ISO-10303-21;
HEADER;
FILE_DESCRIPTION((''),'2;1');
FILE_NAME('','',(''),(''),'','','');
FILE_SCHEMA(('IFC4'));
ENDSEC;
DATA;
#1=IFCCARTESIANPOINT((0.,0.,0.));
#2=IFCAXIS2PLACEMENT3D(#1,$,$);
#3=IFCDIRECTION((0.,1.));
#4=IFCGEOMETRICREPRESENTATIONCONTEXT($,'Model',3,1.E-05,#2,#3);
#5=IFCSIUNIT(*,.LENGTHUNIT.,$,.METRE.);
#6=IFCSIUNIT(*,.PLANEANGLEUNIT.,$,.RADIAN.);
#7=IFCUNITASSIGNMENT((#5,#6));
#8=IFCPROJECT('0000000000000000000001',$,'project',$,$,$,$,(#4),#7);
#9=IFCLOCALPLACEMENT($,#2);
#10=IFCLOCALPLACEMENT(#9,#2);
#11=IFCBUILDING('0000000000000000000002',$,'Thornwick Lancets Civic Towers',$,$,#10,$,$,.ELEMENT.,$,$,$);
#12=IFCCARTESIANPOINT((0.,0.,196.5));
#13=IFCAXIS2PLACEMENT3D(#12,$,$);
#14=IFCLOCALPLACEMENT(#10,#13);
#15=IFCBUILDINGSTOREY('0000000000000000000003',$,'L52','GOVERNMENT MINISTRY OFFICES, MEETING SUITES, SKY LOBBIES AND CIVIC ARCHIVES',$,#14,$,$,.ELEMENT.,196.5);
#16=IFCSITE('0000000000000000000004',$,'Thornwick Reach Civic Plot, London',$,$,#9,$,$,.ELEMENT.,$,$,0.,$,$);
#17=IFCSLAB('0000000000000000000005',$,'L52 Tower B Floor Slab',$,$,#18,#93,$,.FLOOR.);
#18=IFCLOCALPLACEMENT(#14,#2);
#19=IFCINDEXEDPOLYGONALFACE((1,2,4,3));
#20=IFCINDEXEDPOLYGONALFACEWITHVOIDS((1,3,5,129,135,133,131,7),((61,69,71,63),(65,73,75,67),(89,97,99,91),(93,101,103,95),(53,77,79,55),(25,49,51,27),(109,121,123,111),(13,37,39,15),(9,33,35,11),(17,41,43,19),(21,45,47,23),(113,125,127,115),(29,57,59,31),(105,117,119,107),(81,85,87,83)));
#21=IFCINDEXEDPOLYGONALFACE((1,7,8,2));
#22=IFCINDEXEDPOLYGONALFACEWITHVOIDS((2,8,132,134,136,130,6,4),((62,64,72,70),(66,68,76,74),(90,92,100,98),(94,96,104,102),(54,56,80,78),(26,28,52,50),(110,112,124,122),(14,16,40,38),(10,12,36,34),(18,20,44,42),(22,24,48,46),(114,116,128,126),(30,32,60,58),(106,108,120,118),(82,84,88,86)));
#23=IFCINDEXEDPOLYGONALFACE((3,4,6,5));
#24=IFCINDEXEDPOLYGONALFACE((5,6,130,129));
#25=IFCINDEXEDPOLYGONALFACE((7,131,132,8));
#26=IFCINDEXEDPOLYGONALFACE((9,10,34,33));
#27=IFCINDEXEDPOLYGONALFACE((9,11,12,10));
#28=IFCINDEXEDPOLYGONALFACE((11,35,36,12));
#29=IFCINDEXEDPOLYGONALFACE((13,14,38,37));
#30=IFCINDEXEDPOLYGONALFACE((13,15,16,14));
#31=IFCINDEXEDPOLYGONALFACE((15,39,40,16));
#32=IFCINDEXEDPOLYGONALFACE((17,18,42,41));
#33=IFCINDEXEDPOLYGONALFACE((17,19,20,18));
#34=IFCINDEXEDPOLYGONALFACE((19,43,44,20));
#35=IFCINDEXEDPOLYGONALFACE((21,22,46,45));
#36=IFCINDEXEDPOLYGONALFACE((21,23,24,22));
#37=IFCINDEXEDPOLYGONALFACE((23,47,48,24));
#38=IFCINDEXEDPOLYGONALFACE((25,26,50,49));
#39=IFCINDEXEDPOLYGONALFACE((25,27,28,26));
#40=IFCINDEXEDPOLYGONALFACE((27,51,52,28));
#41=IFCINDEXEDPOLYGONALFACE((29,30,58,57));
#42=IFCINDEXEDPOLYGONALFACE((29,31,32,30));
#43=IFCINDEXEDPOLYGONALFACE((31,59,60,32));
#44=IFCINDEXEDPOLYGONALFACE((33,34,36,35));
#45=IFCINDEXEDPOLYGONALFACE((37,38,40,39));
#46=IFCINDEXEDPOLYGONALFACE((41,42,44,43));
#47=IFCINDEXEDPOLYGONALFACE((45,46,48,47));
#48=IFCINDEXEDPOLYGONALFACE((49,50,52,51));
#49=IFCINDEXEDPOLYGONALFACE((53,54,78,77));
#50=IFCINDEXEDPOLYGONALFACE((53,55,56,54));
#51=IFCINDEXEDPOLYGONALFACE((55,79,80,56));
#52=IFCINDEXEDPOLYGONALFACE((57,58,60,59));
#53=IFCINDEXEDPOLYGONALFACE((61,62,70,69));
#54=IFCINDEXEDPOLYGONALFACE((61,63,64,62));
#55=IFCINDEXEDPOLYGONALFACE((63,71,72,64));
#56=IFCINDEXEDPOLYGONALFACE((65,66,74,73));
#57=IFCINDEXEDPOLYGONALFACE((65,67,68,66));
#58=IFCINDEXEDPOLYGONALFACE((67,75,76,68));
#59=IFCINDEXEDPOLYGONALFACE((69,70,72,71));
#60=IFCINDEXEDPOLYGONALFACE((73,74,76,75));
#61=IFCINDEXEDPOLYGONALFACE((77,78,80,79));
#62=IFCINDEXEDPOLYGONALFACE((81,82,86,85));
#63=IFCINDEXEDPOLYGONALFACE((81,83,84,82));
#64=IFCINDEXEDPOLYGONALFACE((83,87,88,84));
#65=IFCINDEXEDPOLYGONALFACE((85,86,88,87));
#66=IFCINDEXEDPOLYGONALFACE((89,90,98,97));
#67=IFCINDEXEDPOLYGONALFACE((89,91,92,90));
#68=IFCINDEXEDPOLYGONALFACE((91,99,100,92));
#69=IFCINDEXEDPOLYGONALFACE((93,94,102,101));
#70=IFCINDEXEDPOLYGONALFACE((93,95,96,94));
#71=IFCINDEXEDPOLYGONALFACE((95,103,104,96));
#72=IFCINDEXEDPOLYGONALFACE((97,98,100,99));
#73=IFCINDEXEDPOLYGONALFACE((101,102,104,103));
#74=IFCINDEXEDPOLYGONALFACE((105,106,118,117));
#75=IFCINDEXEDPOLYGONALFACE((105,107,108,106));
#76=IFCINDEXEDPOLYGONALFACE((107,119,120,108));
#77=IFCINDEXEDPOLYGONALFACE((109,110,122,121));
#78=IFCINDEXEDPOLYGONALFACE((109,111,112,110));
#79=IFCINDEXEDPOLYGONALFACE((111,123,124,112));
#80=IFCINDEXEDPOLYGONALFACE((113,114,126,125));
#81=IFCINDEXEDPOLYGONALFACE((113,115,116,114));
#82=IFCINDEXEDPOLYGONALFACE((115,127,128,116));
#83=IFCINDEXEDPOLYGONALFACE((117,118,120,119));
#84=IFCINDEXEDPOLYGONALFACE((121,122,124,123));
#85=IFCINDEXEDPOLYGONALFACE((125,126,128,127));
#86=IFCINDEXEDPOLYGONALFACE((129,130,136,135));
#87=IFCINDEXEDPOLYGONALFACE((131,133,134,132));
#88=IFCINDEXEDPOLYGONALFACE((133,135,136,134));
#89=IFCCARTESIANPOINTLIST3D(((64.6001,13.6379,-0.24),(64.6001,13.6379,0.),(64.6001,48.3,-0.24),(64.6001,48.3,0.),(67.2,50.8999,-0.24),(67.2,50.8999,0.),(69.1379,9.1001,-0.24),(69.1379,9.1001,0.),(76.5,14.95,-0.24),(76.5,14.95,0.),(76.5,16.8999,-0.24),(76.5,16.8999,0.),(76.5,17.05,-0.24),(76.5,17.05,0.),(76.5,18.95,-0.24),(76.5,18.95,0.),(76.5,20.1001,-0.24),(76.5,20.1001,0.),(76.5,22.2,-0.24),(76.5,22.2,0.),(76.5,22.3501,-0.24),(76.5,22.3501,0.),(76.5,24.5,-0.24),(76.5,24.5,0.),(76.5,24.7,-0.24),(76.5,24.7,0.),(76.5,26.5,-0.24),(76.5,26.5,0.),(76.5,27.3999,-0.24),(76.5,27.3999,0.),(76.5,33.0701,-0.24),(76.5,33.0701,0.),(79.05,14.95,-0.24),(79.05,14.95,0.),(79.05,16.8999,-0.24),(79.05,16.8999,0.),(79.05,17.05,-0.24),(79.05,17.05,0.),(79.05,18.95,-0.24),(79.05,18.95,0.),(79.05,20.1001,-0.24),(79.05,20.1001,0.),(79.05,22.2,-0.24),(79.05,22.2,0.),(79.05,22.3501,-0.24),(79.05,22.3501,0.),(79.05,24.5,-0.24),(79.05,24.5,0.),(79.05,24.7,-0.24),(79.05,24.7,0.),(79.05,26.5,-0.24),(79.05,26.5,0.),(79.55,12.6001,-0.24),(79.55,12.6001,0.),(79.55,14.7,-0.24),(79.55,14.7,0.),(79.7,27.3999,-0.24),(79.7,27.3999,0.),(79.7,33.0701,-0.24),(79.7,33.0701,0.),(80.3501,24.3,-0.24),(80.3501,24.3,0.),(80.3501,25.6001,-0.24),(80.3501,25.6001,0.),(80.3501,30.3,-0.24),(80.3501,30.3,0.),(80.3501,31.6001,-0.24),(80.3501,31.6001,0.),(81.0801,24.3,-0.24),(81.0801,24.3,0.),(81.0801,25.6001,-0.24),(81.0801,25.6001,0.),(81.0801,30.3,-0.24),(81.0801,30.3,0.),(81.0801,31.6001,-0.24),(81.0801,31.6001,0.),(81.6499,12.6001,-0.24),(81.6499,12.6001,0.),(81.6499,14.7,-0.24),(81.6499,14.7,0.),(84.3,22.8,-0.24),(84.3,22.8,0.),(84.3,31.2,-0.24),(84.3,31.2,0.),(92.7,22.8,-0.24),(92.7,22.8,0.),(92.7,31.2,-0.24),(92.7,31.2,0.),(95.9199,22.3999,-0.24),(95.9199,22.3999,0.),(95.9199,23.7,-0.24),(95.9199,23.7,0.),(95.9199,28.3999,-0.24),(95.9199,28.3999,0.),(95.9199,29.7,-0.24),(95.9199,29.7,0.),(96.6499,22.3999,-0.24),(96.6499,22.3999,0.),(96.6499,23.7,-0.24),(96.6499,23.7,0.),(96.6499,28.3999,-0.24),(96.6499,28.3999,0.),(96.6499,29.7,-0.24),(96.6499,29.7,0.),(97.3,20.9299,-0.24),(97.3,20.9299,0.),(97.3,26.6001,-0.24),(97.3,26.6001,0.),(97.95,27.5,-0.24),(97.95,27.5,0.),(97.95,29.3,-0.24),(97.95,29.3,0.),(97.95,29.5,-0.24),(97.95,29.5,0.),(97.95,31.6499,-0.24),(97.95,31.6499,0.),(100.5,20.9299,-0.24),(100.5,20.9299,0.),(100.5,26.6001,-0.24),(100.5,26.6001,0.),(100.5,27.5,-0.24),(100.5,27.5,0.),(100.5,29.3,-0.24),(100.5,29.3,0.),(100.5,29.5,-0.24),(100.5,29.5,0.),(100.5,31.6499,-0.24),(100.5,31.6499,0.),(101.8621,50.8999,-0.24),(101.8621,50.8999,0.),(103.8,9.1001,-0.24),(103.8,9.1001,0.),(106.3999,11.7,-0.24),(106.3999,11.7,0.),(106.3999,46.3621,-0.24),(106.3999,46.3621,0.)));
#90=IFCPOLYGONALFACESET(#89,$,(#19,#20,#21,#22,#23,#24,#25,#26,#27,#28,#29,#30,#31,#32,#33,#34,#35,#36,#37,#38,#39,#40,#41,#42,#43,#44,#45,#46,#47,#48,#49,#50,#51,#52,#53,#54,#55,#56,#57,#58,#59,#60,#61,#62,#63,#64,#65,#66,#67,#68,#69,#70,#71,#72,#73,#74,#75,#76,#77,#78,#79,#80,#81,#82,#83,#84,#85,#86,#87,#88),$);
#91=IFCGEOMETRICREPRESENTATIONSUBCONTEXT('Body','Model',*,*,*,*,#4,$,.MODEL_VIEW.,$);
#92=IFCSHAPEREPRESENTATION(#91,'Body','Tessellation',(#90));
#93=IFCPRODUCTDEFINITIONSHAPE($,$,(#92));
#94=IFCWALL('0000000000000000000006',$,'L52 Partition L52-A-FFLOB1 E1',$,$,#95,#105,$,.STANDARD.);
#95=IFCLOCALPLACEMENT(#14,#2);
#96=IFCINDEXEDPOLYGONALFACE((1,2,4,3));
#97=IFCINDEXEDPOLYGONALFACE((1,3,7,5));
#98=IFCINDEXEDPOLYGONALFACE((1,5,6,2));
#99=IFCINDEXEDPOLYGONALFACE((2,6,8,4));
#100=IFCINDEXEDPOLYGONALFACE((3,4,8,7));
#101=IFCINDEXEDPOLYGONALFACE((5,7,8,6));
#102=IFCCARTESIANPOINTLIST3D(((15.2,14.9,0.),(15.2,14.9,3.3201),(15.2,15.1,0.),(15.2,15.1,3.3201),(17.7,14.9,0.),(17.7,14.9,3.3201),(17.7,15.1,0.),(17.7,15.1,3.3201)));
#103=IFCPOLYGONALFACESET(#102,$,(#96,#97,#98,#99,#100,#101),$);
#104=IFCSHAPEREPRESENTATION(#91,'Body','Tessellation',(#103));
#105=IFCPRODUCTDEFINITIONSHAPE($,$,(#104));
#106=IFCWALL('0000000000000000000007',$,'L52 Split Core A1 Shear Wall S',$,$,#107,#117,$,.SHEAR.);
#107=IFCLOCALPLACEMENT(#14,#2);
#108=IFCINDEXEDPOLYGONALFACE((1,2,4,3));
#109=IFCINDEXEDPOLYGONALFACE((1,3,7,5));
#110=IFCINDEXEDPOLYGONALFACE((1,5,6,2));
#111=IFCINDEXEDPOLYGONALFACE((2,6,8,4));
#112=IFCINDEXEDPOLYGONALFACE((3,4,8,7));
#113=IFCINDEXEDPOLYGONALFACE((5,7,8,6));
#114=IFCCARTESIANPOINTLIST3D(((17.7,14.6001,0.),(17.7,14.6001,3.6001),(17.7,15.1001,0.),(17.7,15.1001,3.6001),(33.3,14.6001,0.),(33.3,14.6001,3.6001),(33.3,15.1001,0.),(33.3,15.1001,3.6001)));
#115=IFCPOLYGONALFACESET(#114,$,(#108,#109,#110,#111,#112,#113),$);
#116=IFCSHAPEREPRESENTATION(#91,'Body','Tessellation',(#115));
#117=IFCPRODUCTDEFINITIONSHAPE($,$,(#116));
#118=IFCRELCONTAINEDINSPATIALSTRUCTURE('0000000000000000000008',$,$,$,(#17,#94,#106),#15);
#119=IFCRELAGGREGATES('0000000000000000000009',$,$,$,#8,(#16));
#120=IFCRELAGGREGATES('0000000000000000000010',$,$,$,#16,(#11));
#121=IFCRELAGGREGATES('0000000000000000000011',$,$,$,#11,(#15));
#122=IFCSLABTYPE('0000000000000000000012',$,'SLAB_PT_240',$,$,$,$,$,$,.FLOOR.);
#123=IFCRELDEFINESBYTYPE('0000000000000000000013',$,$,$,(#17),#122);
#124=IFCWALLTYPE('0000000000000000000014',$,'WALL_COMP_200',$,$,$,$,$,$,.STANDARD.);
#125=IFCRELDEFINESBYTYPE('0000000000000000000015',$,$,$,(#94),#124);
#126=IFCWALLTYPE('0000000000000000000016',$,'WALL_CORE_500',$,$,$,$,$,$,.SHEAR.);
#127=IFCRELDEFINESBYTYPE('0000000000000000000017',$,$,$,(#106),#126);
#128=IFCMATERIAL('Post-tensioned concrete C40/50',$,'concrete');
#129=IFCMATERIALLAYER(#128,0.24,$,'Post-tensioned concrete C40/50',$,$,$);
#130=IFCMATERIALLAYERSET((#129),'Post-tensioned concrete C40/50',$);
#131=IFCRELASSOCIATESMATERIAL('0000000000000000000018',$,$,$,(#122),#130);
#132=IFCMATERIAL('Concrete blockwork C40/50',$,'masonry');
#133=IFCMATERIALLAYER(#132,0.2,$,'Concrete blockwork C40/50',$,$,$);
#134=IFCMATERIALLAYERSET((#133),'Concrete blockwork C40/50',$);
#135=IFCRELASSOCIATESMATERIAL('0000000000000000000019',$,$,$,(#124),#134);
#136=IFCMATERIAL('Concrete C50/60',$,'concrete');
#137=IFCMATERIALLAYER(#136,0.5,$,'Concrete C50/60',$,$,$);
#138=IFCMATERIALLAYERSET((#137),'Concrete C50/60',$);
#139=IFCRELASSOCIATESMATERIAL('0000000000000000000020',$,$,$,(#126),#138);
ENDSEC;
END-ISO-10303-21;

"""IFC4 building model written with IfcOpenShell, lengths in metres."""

from ifc_helpers import new_model, si_unit, direction, frame, frame_2d, origin, place, context, subcontext, project, spatial, polyline, rectangle, outline, extrude, material, layer, layer_set, type_object, element, save


model = new_model("IFC4")

# Units and contexts
model_context = context("Model", 3, precision=1e-05, world=origin(), true_north=direction((0.0, 1.0)))
body_context = subcontext(model_context, "Body", "Model", "MODEL_VIEW")
ifc_project = project(units=[si_unit("LENGTHUNIT", "METRE"), si_unit("PLANEANGLEUNIT", "RADIAN")], contexts=[model_context])

# Site, building, storey
site_placement = place(None, origin())
site = spatial("IfcSite", under=ifc_project, at=site_placement, Name="Thornwick Reach Civic Plot, London", CompositionType="ELEMENT", RefElevation=0.0)
building_placement = place(site_placement, origin())
building = spatial("IfcBuilding", under=site, at=building_placement, Name="Thornwick Lancets Civic Towers", CompositionType="ELEMENT")
storey_placement = place(building_placement, frame((0.0, 0.0, 196.5)))
storey = spatial("IfcBuildingStorey", under=building, at=storey_placement, Name="L52", Description="GOVERNMENT MINISTRY OFFICES, MEETING SUITES, SKY LOBBIES AND CIVIC ARCHIVES", CompositionType="ELEMENT", Elevation=196.5)

# Shared definitions
ifc_material_1 = material(Name="Concrete C50/60", Category="concrete")

# Shared definitions
ifc_material_2 = material(Name="Post-tensioned concrete C40/50", Category="concrete")

# Slab
ifc_layer_1 = layer(ifc_material_2, 0.24, Name="Post-tensioned concrete C40/50")
ifc_layer_set_1 = layer_set([ifc_layer_1], Name="Post-tensioned concrete C40/50")
slab_type_1 = type_object("IfcSlabType", Name="SLAB_PT_240", PredefinedType="FLOOR", material=ifc_layer_set_1)
slab_1_placement = place(storey_placement, frame((0.0, 0.0, -0.24)))
element("IfcSlab", 1, at=slab_1_placement, inside=storey, type_object=slab_type_1, Name="L52 Tower B Floor Slab", PredefinedType="FLOOR", context=body_context, shape_type="SweptSolid", body=[
    extrude(outline(polyline([(69.1379, 9.1001), (103.8, 9.1001), (106.3999, 11.7), (106.3999, 46.3621), (101.8621, 50.8999), (67.2, 50.8999), (64.6001, 48.3), (64.6001, 13.6379), (69.1379, 9.1001)]), holes=[polyline([(84.3, 22.8), (92.7, 22.8), (92.7, 31.2), (84.3, 31.2), (84.3, 22.8)]), polyline([(100.5, 20.9299), (100.5, 26.6001), (97.3, 26.6001), (97.3, 20.9299), (100.5, 20.9299)]), polyline([(76.5, 33.0701), (76.5, 27.3999), (79.7, 27.3999), (79.7, 33.0701), (76.5, 33.0701)]), polyline([(97.95, 27.5), (100.5, 27.5), (100.5, 29.3), (97.95, 29.3), (97.95, 27.5)]), polyline([(97.95, 29.5), (100.5, 29.5), (100.5, 31.6499), (97.95, 31.6499), (97.95, 29.5)]), polyline([(76.5, 24.7), (79.05, 24.7), (79.05, 26.5), (76.5, 26.5), (76.5, 24.7)]), polyline([(76.5, 22.3501), (79.05, 22.3501), (79.05, 24.5), (76.5, 24.5), (76.5, 22.3501)]), polyline([(76.5, 20.1001), (79.05, 20.1001), (79.05, 22.2), (76.5, 22.2), (76.5, 20.1001)]), polyline([(76.5, 17.05), (79.05, 17.05), (79.05, 18.95), (76.5, 18.95), (76.5, 17.05)]), polyline([(76.5, 14.95), (79.05, 14.95), (79.05, 16.8999), (76.5, 16.8999), (76.5, 14.95)]), polyline([(79.55, 12.6001), (81.6499, 12.6001), (81.6499, 14.7), (79.55, 14.7), (79.55, 12.6001)]), polyline([(95.9199, 28.3999), (96.6499, 28.3999), (96.6499, 29.7), (95.9199, 29.7), (95.9199, 28.3999)]), polyline([(95.9199, 22.3999), (96.6499, 22.3999), (96.6499, 23.7), (95.9199, 23.7), (95.9199, 22.3999)]), polyline([(80.3501, 24.3), (81.0801, 24.3), (81.0801, 25.6001), (80.3501, 25.6001), (80.3501, 24.3)]), polyline([(80.3501, 30.3), (81.0801, 30.3), (81.0801, 31.6001), (80.3501, 31.6001), (80.3501, 30.3)])]), origin(), (0.0, 0.0, 1.0), 0.24),
])

# Walls
ifc_material_3 = material(Name="Concrete blockwork C40/50", Category="masonry")
ifc_layer_2 = layer(ifc_material_3, 0.2, Name="Concrete blockwork C40/50")
ifc_layer_set_2 = layer_set([ifc_layer_2], Name="Concrete blockwork C40/50")
wall_type_1 = type_object("IfcWallType", Name="WALL_COMP_200", PredefinedType="STANDARD", material=ifc_layer_set_2)
wall_1_placement = place(storey_placement, frame((15.2, 15.0, 0.0), z_axis=(0.0, 0.0, 1.0), x_axis=(1.0, 0.0, 0.0)))
element("IfcWall", 2, at=wall_1_placement, inside=storey, type_object=wall_type_1, Name="L52 Partition L52-A-FFLOB1 E1", PredefinedType="STANDARD", context=body_context, shape_type="SweptSolid", body=[
    extrude(rectangle(XDim=2.5, YDim=0.2, at=frame_2d((1.25, 0.0))), origin(), (0.0, 0.0, 1.0), 3.3201),
])
ifc_layer_3 = layer(ifc_material_1, 0.5, Name="Concrete C50/60")
ifc_layer_set_3 = layer_set([ifc_layer_3], Name="Concrete C50/60")
wall_type_2 = type_object("IfcWallType", Name="WALL_CORE_500", PredefinedType="SHEAR", material=ifc_layer_set_3)
wall_2_placement = place(storey_placement, frame((17.7, 14.8501, 0.0), z_axis=(0.0, 0.0, 1.0), x_axis=(1.0, 0.0, 0.0)))
element("IfcWall", 3, at=wall_2_placement, inside=storey, type_object=wall_type_2, Name="L52 Split Core A1 Shear Wall S", PredefinedType="SHEAR", context=body_context, shape_type="SweptSolid", body=[
    extrude(rectangle(XDim=15.6001, YDim=0.5, at=frame_2d((7.8, 0.0))), origin(), (0.0, 0.0, 1.0), 3.6001),
])

save(model, "model.ifc")
